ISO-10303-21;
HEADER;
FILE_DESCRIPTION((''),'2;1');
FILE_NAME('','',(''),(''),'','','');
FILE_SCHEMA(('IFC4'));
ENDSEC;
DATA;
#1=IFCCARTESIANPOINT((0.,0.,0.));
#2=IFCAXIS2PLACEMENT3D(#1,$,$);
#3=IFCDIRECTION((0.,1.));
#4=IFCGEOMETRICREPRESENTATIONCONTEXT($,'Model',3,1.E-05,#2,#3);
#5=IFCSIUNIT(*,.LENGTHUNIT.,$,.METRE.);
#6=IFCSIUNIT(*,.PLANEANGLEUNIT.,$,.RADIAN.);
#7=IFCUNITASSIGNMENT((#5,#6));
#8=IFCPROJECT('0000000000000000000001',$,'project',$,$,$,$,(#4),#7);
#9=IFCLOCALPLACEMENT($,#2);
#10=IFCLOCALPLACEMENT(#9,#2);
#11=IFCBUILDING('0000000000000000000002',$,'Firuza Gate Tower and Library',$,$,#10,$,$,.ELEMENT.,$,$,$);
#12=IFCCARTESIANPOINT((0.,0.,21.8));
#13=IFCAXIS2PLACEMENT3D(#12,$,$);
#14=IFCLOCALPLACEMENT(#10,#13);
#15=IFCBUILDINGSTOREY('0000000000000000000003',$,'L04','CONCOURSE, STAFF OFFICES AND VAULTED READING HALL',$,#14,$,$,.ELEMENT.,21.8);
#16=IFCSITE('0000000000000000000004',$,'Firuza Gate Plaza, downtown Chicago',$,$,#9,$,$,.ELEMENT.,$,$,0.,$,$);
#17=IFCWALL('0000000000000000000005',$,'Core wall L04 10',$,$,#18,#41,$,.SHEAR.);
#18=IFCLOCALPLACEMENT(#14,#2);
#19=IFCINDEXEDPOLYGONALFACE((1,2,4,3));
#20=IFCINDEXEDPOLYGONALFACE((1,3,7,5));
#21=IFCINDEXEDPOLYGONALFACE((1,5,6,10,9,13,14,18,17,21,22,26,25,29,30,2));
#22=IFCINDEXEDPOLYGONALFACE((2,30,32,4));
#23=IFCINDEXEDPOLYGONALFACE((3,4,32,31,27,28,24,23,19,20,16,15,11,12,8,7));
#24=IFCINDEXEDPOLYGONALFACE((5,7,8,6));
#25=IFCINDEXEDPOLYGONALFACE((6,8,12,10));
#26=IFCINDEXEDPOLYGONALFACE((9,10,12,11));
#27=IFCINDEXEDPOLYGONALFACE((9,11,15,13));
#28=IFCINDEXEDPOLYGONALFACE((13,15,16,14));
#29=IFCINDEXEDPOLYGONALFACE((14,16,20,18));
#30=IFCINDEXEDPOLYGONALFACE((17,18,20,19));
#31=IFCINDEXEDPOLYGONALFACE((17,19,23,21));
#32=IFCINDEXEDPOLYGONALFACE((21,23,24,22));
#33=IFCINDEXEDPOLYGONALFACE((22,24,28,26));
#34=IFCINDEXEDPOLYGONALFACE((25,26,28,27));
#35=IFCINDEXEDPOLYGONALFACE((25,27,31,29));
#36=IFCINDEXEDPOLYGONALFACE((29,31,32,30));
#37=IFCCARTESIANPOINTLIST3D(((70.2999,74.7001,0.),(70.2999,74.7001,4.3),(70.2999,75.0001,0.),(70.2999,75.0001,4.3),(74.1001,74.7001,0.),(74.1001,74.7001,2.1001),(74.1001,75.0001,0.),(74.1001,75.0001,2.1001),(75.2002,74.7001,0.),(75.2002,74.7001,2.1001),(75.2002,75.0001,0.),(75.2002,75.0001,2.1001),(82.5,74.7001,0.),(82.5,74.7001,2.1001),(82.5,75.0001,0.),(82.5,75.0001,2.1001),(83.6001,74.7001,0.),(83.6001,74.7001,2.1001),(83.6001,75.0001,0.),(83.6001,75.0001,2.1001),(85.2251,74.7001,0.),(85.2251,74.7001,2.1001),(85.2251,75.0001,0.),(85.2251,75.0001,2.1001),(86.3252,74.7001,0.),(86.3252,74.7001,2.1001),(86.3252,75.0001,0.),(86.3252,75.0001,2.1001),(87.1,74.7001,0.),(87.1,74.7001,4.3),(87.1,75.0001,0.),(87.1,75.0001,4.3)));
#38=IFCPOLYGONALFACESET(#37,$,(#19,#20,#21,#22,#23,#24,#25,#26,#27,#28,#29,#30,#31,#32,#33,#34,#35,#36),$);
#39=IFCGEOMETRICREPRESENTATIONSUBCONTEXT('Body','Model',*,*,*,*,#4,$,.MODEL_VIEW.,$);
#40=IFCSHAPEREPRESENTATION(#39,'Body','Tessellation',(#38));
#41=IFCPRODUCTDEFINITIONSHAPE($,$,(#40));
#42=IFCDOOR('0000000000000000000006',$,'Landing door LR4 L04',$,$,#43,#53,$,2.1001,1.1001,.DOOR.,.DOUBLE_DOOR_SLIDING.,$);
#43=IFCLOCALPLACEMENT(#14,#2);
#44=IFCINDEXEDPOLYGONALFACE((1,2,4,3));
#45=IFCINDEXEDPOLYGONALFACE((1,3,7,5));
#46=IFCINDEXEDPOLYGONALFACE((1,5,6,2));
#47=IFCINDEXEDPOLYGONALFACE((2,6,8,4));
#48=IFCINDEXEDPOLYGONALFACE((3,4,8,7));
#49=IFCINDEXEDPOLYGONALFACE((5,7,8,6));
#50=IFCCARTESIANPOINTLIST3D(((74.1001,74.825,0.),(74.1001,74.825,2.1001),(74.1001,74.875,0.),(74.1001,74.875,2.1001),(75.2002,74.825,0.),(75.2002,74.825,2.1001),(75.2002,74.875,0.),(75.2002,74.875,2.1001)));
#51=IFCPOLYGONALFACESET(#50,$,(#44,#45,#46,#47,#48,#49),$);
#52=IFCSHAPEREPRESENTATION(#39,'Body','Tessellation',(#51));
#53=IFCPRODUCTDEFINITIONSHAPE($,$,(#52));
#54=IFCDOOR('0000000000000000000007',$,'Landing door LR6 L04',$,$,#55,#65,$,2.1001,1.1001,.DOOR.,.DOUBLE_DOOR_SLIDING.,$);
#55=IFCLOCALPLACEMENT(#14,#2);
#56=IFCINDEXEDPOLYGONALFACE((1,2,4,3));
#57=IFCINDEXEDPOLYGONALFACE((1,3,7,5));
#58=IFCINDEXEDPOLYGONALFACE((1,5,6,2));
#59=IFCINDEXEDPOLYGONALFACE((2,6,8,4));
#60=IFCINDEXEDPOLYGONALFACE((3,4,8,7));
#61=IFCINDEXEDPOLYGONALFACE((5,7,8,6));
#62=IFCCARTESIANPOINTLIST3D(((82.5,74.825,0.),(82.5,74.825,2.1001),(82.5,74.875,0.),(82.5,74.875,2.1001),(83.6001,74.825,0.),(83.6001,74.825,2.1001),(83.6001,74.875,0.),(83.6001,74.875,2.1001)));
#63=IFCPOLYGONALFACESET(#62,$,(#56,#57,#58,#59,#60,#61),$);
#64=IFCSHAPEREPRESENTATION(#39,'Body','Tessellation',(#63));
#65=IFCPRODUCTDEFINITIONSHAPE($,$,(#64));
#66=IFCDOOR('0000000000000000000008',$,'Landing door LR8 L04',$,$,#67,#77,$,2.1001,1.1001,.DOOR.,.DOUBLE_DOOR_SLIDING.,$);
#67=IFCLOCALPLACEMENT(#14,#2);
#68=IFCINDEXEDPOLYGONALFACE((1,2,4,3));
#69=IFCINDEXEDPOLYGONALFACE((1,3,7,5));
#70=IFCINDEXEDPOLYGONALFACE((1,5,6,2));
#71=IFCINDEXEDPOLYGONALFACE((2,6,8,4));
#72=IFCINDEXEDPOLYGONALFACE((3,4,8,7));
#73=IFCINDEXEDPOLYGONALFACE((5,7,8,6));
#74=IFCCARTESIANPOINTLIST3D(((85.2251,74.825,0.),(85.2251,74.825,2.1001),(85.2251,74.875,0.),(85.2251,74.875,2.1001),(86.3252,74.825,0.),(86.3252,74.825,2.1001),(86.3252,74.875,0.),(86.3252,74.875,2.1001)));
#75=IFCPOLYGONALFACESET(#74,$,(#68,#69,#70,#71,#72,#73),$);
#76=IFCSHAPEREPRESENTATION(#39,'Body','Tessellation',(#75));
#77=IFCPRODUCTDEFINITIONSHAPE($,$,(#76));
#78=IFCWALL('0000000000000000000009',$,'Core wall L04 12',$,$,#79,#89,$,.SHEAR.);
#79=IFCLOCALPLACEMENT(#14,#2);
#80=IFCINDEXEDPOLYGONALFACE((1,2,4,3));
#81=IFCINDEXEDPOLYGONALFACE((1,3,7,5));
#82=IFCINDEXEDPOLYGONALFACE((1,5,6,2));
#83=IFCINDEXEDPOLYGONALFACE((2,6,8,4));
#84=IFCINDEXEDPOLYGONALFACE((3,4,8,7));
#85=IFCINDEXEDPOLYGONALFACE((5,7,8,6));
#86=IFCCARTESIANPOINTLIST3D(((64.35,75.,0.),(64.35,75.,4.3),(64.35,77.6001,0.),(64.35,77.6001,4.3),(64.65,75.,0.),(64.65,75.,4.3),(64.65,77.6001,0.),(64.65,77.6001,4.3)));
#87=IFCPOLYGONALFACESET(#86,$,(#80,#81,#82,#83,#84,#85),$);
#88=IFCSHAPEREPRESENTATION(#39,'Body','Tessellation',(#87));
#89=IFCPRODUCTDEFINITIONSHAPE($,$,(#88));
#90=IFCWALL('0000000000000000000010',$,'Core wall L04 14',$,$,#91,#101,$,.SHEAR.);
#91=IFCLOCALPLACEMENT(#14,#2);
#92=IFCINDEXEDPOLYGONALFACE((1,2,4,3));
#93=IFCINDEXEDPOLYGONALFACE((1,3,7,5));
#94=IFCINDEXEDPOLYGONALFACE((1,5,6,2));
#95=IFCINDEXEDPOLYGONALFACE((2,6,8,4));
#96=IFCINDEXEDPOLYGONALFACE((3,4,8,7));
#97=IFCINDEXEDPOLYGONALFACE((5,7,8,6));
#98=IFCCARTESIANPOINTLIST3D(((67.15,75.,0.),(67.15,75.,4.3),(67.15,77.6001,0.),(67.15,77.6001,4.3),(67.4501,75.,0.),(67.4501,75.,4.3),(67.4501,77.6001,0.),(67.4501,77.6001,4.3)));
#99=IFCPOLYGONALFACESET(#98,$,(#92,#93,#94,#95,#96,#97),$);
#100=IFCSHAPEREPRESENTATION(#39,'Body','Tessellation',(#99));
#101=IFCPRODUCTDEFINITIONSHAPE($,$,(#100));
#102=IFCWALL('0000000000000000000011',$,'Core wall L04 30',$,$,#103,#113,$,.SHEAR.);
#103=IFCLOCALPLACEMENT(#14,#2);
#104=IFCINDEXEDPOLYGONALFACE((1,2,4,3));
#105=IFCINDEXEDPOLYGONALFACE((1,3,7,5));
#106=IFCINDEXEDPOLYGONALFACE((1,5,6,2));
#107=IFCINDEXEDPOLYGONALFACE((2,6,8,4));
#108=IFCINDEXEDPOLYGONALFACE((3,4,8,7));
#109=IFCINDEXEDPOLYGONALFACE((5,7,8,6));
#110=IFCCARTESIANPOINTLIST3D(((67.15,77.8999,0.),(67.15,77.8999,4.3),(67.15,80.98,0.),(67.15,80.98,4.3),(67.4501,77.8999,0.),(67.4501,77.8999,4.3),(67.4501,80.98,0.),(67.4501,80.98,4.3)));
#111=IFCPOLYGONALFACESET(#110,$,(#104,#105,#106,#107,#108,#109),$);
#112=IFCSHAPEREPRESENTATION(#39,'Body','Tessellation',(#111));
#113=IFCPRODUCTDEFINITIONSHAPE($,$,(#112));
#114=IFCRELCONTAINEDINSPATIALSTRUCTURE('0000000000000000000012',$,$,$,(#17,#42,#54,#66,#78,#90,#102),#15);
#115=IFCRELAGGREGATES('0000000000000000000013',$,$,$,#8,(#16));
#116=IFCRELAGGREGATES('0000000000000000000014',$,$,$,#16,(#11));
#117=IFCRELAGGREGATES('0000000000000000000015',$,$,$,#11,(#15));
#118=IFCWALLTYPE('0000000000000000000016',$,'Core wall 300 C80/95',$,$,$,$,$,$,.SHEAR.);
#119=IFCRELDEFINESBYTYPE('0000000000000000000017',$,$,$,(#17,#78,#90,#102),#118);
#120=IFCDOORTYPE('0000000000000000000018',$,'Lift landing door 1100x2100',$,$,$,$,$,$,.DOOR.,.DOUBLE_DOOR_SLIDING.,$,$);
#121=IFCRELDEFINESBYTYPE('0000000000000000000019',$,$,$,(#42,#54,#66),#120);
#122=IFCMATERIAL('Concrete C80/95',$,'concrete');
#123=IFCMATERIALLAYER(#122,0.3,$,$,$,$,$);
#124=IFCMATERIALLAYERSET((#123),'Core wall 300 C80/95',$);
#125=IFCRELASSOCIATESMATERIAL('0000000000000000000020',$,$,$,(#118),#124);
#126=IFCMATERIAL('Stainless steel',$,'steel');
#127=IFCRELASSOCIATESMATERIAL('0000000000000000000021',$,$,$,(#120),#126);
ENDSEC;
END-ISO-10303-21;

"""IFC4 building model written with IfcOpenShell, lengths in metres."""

from ifc_helpers import new_model, si_unit, direction, frame, frame_2d, origin, place, context, subcontext, project, spatial, rectangle, extrude, material, layer, layer_set, type_object, element, fill, save


model = new_model("IFC4")

# Units and contexts
model_context = context("Model", 3, precision=1e-05, world=origin(), true_north=direction((0.0, 1.0)))
body_context = subcontext(model_context, "Body", "Model", "MODEL_VIEW")
ifc_project = project(units=[si_unit("LENGTHUNIT", "METRE"), si_unit("PLANEANGLEUNIT", "RADIAN")], contexts=[model_context])

# Site, building, storey
site_placement = place(None, origin())
site = spatial("IfcSite", under=ifc_project, at=site_placement, Name="Firuza Gate Plaza, downtown Chicago", CompositionType="ELEMENT", RefElevation=0.0)
building_placement = place(site_placement, origin())
building = spatial("IfcBuilding", under=site, at=building_placement, Name="Firuza Gate Tower and Library", CompositionType="ELEMENT")
storey_placement = place(building_placement, frame((0.0, 0.0, 21.8)))
storey = spatial("IfcBuildingStorey", under=building, at=storey_placement, Name="L04", Description="CONCOURSE, STAFF OFFICES AND VAULTED READING HALL", CompositionType="ELEMENT", Elevation=21.8)

# Wall, openings, doors
ifc_material_1 = material(Name="Concrete C80/95", Category="concrete")
ifc_layer_1 = layer(ifc_material_1, 0.3)
ifc_layer_set_1 = layer_set([ifc_layer_1], Name="Core wall 300 C80/95")
wall_type_1 = type_object("IfcWallType", Name="Core wall 300 C80/95", PredefinedType="SHEAR", material=ifc_layer_set_1)
ifc_material_2 = material(Name="Stainless steel", Category="steel")
door_type_1 = type_object("IfcDoorType", Name="Lift landing door 1100x2100", OperationType="DOUBLE_DOOR_SLIDING", PredefinedType="DOOR", material=ifc_material_2)
wall_1_placement = place(storey_placement, frame((70.3, 74.8501, 0.0), z_axis=(0.0, 0.0, 1.0), x_axis=(1.0, 0.0, 0.0)))
wall_1 = element("IfcWall", 1, at=wall_1_placement, inside=storey, type_object=wall_type_1, Name="Core wall L04 10", PredefinedType="SHEAR", context=body_context, shape_type="SweptSolid", body=[
    extrude(rectangle(XDim=16.8, YDim=0.3, at=frame_2d((8.3999, 0.0))), origin(), (0.0, 0.0, 1.0), 4.3),
])
opening_1_placement = place(wall_1_placement, frame((3.8, 0.0, 0.0)))
opening_1 = element("IfcOpeningElement", 2, at=opening_1_placement, cuts=wall_1, PredefinedType="OPENING", context=body_context, shape_type="SweptSolid", body=[
    extrude(rectangle(XDim=1.1001, YDim=2.1001, at=frame_2d((0.55, 1.05))), frame((0.0, 0.1602, 0.0), z_axis=(0.0, -1.0, 0.0), x_axis=(1.0, 0.0, 0.0)), (0.0, 0.0, 1.0), 0.3201),
])
opening_2_placement = place(wall_1_placement, frame((12.2, 0.0, 0.0)))
opening_2 = element("IfcOpeningElement", 3, at=opening_2_placement, cuts=wall_1, PredefinedType="OPENING", context=body_context, shape_type="SweptSolid", body=[
    extrude(rectangle(XDim=1.1001, YDim=2.1001, at=frame_2d((0.55, 1.05))), frame((0.0, 0.1602, 0.0), z_axis=(0.0, -1.0, 0.0), x_axis=(1.0, 0.0, 0.0)), (0.0, 0.0, 1.0), 0.3201),
])
opening_3_placement = place(wall_1_placement, frame((14.925, 0.0, 0.0)))
opening_3 = element("IfcOpeningElement", 4, at=opening_3_placement, cuts=wall_1, PredefinedType="OPENING", context=body_context, shape_type="SweptSolid", body=[
    extrude(rectangle(XDim=1.1001, YDim=2.1001, at=frame_2d((0.55, 1.05))), frame((0.0, 0.1602, 0.0), z_axis=(0.0, -1.0, 0.0), x_axis=(1.0, 0.0, 0.0)), (0.0, 0.0, 1.0), 0.3201),
])
door_1_placement = place(opening_1_placement, origin())
door_1 = element("IfcDoor", 5, at=door_1_placement, inside=storey, type_object=door_type_1, Name="Landing door LR4 L04", OperationType="DOUBLE_DOOR_SLIDING", OverallHeight=2.1001, OverallWidth=1.1001, PredefinedType="DOOR", context=body_context, shape_type="SweptSolid", body=[
    extrude(rectangle(XDim=1.1001, YDim=2.1001, at=frame_2d((0.55, 1.05))), frame((0.0, 0.0249, 0.0), z_axis=(0.0, -1.0, 0.0), x_axis=(1.0, 0.0, 0.0)), (0.0, 0.0, 1.0), 0.05),
])
fill(opening_1, door_1)
door_2_placement = place(opening_2_placement, origin())
door_2 = element("IfcDoor", 6, at=door_2_placement, inside=storey, type_object=door_type_1, Name="Landing door LR6 L04", OperationType="DOUBLE_DOOR_SLIDING", OverallHeight=2.1001, OverallWidth=1.1001, PredefinedType="DOOR", context=body_context, shape_type="SweptSolid", body=[
    extrude(rectangle(XDim=1.1001, YDim=2.1001, at=frame_2d((0.55, 1.05))), frame((0.0, 0.0249, 0.0), z_axis=(0.0, -1.0, 0.0), x_axis=(1.0, 0.0, 0.0)), (0.0, 0.0, 1.0), 0.05),
])
fill(opening_2, door_2)
door_3_placement = place(opening_3_placement, origin())
door_3 = element("IfcDoor", 7, at=door_3_placement, inside=storey, type_object=door_type_1, Name="Landing door LR8 L04", OperationType="DOUBLE_DOOR_SLIDING", OverallHeight=2.1001, OverallWidth=1.1001, PredefinedType="DOOR", context=body_context, shape_type="SweptSolid", body=[
    extrude(rectangle(XDim=1.1001, YDim=2.1001, at=frame_2d((0.55, 1.05))), frame((0.0, 0.0249, 0.0), z_axis=(0.0, -1.0, 0.0), x_axis=(1.0, 0.0, 0.0)), (0.0, 0.0, 1.0), 0.05),
])
fill(opening_3, door_3)

# Walls
for number, where, z_axis, x_axis, name in (
    (8, (64.5, 75.0, 0.0), (0.0, 0.0, 1.0), (0.0, 1.0, 0.0), "Core wall L04 12"),
    (9, (67.3, 75.0, 0.0), (0.0, 0.0, 1.0), (0.0, 1.0, 0.0), "Core wall L04 14"),
):
    element("IfcWall", number, at=place(storey_placement, frame(where, z_axis=z_axis, x_axis=x_axis)), inside=storey, type_object=wall_type_1, Name=name, PredefinedType="SHEAR", context=body_context, shape_type="SweptSolid", body=[
        extrude(rectangle(XDim=2.6001, YDim=0.3, at=frame_2d((1.3, 0.0))), origin(), (0.0, 0.0, 1.0), 4.3),
    ])
wall_2_placement = place(storey_placement, frame((67.3, 77.8999, 0.0), z_axis=(0.0, 0.0, 1.0), x_axis=(0.0, 1.0, 0.0)))
element("IfcWall", 10, at=wall_2_placement, inside=storey, type_object=wall_type_1, Name="Core wall L04 30", PredefinedType="SHEAR", context=body_context, shape_type="SweptSolid", body=[
    extrude(rectangle(XDim=3.0801, YDim=0.3, at=frame_2d((1.54, 0.0))), origin(), (0.0, 0.0, 1.0), 4.3),
])

save(model, "model.ifc")
